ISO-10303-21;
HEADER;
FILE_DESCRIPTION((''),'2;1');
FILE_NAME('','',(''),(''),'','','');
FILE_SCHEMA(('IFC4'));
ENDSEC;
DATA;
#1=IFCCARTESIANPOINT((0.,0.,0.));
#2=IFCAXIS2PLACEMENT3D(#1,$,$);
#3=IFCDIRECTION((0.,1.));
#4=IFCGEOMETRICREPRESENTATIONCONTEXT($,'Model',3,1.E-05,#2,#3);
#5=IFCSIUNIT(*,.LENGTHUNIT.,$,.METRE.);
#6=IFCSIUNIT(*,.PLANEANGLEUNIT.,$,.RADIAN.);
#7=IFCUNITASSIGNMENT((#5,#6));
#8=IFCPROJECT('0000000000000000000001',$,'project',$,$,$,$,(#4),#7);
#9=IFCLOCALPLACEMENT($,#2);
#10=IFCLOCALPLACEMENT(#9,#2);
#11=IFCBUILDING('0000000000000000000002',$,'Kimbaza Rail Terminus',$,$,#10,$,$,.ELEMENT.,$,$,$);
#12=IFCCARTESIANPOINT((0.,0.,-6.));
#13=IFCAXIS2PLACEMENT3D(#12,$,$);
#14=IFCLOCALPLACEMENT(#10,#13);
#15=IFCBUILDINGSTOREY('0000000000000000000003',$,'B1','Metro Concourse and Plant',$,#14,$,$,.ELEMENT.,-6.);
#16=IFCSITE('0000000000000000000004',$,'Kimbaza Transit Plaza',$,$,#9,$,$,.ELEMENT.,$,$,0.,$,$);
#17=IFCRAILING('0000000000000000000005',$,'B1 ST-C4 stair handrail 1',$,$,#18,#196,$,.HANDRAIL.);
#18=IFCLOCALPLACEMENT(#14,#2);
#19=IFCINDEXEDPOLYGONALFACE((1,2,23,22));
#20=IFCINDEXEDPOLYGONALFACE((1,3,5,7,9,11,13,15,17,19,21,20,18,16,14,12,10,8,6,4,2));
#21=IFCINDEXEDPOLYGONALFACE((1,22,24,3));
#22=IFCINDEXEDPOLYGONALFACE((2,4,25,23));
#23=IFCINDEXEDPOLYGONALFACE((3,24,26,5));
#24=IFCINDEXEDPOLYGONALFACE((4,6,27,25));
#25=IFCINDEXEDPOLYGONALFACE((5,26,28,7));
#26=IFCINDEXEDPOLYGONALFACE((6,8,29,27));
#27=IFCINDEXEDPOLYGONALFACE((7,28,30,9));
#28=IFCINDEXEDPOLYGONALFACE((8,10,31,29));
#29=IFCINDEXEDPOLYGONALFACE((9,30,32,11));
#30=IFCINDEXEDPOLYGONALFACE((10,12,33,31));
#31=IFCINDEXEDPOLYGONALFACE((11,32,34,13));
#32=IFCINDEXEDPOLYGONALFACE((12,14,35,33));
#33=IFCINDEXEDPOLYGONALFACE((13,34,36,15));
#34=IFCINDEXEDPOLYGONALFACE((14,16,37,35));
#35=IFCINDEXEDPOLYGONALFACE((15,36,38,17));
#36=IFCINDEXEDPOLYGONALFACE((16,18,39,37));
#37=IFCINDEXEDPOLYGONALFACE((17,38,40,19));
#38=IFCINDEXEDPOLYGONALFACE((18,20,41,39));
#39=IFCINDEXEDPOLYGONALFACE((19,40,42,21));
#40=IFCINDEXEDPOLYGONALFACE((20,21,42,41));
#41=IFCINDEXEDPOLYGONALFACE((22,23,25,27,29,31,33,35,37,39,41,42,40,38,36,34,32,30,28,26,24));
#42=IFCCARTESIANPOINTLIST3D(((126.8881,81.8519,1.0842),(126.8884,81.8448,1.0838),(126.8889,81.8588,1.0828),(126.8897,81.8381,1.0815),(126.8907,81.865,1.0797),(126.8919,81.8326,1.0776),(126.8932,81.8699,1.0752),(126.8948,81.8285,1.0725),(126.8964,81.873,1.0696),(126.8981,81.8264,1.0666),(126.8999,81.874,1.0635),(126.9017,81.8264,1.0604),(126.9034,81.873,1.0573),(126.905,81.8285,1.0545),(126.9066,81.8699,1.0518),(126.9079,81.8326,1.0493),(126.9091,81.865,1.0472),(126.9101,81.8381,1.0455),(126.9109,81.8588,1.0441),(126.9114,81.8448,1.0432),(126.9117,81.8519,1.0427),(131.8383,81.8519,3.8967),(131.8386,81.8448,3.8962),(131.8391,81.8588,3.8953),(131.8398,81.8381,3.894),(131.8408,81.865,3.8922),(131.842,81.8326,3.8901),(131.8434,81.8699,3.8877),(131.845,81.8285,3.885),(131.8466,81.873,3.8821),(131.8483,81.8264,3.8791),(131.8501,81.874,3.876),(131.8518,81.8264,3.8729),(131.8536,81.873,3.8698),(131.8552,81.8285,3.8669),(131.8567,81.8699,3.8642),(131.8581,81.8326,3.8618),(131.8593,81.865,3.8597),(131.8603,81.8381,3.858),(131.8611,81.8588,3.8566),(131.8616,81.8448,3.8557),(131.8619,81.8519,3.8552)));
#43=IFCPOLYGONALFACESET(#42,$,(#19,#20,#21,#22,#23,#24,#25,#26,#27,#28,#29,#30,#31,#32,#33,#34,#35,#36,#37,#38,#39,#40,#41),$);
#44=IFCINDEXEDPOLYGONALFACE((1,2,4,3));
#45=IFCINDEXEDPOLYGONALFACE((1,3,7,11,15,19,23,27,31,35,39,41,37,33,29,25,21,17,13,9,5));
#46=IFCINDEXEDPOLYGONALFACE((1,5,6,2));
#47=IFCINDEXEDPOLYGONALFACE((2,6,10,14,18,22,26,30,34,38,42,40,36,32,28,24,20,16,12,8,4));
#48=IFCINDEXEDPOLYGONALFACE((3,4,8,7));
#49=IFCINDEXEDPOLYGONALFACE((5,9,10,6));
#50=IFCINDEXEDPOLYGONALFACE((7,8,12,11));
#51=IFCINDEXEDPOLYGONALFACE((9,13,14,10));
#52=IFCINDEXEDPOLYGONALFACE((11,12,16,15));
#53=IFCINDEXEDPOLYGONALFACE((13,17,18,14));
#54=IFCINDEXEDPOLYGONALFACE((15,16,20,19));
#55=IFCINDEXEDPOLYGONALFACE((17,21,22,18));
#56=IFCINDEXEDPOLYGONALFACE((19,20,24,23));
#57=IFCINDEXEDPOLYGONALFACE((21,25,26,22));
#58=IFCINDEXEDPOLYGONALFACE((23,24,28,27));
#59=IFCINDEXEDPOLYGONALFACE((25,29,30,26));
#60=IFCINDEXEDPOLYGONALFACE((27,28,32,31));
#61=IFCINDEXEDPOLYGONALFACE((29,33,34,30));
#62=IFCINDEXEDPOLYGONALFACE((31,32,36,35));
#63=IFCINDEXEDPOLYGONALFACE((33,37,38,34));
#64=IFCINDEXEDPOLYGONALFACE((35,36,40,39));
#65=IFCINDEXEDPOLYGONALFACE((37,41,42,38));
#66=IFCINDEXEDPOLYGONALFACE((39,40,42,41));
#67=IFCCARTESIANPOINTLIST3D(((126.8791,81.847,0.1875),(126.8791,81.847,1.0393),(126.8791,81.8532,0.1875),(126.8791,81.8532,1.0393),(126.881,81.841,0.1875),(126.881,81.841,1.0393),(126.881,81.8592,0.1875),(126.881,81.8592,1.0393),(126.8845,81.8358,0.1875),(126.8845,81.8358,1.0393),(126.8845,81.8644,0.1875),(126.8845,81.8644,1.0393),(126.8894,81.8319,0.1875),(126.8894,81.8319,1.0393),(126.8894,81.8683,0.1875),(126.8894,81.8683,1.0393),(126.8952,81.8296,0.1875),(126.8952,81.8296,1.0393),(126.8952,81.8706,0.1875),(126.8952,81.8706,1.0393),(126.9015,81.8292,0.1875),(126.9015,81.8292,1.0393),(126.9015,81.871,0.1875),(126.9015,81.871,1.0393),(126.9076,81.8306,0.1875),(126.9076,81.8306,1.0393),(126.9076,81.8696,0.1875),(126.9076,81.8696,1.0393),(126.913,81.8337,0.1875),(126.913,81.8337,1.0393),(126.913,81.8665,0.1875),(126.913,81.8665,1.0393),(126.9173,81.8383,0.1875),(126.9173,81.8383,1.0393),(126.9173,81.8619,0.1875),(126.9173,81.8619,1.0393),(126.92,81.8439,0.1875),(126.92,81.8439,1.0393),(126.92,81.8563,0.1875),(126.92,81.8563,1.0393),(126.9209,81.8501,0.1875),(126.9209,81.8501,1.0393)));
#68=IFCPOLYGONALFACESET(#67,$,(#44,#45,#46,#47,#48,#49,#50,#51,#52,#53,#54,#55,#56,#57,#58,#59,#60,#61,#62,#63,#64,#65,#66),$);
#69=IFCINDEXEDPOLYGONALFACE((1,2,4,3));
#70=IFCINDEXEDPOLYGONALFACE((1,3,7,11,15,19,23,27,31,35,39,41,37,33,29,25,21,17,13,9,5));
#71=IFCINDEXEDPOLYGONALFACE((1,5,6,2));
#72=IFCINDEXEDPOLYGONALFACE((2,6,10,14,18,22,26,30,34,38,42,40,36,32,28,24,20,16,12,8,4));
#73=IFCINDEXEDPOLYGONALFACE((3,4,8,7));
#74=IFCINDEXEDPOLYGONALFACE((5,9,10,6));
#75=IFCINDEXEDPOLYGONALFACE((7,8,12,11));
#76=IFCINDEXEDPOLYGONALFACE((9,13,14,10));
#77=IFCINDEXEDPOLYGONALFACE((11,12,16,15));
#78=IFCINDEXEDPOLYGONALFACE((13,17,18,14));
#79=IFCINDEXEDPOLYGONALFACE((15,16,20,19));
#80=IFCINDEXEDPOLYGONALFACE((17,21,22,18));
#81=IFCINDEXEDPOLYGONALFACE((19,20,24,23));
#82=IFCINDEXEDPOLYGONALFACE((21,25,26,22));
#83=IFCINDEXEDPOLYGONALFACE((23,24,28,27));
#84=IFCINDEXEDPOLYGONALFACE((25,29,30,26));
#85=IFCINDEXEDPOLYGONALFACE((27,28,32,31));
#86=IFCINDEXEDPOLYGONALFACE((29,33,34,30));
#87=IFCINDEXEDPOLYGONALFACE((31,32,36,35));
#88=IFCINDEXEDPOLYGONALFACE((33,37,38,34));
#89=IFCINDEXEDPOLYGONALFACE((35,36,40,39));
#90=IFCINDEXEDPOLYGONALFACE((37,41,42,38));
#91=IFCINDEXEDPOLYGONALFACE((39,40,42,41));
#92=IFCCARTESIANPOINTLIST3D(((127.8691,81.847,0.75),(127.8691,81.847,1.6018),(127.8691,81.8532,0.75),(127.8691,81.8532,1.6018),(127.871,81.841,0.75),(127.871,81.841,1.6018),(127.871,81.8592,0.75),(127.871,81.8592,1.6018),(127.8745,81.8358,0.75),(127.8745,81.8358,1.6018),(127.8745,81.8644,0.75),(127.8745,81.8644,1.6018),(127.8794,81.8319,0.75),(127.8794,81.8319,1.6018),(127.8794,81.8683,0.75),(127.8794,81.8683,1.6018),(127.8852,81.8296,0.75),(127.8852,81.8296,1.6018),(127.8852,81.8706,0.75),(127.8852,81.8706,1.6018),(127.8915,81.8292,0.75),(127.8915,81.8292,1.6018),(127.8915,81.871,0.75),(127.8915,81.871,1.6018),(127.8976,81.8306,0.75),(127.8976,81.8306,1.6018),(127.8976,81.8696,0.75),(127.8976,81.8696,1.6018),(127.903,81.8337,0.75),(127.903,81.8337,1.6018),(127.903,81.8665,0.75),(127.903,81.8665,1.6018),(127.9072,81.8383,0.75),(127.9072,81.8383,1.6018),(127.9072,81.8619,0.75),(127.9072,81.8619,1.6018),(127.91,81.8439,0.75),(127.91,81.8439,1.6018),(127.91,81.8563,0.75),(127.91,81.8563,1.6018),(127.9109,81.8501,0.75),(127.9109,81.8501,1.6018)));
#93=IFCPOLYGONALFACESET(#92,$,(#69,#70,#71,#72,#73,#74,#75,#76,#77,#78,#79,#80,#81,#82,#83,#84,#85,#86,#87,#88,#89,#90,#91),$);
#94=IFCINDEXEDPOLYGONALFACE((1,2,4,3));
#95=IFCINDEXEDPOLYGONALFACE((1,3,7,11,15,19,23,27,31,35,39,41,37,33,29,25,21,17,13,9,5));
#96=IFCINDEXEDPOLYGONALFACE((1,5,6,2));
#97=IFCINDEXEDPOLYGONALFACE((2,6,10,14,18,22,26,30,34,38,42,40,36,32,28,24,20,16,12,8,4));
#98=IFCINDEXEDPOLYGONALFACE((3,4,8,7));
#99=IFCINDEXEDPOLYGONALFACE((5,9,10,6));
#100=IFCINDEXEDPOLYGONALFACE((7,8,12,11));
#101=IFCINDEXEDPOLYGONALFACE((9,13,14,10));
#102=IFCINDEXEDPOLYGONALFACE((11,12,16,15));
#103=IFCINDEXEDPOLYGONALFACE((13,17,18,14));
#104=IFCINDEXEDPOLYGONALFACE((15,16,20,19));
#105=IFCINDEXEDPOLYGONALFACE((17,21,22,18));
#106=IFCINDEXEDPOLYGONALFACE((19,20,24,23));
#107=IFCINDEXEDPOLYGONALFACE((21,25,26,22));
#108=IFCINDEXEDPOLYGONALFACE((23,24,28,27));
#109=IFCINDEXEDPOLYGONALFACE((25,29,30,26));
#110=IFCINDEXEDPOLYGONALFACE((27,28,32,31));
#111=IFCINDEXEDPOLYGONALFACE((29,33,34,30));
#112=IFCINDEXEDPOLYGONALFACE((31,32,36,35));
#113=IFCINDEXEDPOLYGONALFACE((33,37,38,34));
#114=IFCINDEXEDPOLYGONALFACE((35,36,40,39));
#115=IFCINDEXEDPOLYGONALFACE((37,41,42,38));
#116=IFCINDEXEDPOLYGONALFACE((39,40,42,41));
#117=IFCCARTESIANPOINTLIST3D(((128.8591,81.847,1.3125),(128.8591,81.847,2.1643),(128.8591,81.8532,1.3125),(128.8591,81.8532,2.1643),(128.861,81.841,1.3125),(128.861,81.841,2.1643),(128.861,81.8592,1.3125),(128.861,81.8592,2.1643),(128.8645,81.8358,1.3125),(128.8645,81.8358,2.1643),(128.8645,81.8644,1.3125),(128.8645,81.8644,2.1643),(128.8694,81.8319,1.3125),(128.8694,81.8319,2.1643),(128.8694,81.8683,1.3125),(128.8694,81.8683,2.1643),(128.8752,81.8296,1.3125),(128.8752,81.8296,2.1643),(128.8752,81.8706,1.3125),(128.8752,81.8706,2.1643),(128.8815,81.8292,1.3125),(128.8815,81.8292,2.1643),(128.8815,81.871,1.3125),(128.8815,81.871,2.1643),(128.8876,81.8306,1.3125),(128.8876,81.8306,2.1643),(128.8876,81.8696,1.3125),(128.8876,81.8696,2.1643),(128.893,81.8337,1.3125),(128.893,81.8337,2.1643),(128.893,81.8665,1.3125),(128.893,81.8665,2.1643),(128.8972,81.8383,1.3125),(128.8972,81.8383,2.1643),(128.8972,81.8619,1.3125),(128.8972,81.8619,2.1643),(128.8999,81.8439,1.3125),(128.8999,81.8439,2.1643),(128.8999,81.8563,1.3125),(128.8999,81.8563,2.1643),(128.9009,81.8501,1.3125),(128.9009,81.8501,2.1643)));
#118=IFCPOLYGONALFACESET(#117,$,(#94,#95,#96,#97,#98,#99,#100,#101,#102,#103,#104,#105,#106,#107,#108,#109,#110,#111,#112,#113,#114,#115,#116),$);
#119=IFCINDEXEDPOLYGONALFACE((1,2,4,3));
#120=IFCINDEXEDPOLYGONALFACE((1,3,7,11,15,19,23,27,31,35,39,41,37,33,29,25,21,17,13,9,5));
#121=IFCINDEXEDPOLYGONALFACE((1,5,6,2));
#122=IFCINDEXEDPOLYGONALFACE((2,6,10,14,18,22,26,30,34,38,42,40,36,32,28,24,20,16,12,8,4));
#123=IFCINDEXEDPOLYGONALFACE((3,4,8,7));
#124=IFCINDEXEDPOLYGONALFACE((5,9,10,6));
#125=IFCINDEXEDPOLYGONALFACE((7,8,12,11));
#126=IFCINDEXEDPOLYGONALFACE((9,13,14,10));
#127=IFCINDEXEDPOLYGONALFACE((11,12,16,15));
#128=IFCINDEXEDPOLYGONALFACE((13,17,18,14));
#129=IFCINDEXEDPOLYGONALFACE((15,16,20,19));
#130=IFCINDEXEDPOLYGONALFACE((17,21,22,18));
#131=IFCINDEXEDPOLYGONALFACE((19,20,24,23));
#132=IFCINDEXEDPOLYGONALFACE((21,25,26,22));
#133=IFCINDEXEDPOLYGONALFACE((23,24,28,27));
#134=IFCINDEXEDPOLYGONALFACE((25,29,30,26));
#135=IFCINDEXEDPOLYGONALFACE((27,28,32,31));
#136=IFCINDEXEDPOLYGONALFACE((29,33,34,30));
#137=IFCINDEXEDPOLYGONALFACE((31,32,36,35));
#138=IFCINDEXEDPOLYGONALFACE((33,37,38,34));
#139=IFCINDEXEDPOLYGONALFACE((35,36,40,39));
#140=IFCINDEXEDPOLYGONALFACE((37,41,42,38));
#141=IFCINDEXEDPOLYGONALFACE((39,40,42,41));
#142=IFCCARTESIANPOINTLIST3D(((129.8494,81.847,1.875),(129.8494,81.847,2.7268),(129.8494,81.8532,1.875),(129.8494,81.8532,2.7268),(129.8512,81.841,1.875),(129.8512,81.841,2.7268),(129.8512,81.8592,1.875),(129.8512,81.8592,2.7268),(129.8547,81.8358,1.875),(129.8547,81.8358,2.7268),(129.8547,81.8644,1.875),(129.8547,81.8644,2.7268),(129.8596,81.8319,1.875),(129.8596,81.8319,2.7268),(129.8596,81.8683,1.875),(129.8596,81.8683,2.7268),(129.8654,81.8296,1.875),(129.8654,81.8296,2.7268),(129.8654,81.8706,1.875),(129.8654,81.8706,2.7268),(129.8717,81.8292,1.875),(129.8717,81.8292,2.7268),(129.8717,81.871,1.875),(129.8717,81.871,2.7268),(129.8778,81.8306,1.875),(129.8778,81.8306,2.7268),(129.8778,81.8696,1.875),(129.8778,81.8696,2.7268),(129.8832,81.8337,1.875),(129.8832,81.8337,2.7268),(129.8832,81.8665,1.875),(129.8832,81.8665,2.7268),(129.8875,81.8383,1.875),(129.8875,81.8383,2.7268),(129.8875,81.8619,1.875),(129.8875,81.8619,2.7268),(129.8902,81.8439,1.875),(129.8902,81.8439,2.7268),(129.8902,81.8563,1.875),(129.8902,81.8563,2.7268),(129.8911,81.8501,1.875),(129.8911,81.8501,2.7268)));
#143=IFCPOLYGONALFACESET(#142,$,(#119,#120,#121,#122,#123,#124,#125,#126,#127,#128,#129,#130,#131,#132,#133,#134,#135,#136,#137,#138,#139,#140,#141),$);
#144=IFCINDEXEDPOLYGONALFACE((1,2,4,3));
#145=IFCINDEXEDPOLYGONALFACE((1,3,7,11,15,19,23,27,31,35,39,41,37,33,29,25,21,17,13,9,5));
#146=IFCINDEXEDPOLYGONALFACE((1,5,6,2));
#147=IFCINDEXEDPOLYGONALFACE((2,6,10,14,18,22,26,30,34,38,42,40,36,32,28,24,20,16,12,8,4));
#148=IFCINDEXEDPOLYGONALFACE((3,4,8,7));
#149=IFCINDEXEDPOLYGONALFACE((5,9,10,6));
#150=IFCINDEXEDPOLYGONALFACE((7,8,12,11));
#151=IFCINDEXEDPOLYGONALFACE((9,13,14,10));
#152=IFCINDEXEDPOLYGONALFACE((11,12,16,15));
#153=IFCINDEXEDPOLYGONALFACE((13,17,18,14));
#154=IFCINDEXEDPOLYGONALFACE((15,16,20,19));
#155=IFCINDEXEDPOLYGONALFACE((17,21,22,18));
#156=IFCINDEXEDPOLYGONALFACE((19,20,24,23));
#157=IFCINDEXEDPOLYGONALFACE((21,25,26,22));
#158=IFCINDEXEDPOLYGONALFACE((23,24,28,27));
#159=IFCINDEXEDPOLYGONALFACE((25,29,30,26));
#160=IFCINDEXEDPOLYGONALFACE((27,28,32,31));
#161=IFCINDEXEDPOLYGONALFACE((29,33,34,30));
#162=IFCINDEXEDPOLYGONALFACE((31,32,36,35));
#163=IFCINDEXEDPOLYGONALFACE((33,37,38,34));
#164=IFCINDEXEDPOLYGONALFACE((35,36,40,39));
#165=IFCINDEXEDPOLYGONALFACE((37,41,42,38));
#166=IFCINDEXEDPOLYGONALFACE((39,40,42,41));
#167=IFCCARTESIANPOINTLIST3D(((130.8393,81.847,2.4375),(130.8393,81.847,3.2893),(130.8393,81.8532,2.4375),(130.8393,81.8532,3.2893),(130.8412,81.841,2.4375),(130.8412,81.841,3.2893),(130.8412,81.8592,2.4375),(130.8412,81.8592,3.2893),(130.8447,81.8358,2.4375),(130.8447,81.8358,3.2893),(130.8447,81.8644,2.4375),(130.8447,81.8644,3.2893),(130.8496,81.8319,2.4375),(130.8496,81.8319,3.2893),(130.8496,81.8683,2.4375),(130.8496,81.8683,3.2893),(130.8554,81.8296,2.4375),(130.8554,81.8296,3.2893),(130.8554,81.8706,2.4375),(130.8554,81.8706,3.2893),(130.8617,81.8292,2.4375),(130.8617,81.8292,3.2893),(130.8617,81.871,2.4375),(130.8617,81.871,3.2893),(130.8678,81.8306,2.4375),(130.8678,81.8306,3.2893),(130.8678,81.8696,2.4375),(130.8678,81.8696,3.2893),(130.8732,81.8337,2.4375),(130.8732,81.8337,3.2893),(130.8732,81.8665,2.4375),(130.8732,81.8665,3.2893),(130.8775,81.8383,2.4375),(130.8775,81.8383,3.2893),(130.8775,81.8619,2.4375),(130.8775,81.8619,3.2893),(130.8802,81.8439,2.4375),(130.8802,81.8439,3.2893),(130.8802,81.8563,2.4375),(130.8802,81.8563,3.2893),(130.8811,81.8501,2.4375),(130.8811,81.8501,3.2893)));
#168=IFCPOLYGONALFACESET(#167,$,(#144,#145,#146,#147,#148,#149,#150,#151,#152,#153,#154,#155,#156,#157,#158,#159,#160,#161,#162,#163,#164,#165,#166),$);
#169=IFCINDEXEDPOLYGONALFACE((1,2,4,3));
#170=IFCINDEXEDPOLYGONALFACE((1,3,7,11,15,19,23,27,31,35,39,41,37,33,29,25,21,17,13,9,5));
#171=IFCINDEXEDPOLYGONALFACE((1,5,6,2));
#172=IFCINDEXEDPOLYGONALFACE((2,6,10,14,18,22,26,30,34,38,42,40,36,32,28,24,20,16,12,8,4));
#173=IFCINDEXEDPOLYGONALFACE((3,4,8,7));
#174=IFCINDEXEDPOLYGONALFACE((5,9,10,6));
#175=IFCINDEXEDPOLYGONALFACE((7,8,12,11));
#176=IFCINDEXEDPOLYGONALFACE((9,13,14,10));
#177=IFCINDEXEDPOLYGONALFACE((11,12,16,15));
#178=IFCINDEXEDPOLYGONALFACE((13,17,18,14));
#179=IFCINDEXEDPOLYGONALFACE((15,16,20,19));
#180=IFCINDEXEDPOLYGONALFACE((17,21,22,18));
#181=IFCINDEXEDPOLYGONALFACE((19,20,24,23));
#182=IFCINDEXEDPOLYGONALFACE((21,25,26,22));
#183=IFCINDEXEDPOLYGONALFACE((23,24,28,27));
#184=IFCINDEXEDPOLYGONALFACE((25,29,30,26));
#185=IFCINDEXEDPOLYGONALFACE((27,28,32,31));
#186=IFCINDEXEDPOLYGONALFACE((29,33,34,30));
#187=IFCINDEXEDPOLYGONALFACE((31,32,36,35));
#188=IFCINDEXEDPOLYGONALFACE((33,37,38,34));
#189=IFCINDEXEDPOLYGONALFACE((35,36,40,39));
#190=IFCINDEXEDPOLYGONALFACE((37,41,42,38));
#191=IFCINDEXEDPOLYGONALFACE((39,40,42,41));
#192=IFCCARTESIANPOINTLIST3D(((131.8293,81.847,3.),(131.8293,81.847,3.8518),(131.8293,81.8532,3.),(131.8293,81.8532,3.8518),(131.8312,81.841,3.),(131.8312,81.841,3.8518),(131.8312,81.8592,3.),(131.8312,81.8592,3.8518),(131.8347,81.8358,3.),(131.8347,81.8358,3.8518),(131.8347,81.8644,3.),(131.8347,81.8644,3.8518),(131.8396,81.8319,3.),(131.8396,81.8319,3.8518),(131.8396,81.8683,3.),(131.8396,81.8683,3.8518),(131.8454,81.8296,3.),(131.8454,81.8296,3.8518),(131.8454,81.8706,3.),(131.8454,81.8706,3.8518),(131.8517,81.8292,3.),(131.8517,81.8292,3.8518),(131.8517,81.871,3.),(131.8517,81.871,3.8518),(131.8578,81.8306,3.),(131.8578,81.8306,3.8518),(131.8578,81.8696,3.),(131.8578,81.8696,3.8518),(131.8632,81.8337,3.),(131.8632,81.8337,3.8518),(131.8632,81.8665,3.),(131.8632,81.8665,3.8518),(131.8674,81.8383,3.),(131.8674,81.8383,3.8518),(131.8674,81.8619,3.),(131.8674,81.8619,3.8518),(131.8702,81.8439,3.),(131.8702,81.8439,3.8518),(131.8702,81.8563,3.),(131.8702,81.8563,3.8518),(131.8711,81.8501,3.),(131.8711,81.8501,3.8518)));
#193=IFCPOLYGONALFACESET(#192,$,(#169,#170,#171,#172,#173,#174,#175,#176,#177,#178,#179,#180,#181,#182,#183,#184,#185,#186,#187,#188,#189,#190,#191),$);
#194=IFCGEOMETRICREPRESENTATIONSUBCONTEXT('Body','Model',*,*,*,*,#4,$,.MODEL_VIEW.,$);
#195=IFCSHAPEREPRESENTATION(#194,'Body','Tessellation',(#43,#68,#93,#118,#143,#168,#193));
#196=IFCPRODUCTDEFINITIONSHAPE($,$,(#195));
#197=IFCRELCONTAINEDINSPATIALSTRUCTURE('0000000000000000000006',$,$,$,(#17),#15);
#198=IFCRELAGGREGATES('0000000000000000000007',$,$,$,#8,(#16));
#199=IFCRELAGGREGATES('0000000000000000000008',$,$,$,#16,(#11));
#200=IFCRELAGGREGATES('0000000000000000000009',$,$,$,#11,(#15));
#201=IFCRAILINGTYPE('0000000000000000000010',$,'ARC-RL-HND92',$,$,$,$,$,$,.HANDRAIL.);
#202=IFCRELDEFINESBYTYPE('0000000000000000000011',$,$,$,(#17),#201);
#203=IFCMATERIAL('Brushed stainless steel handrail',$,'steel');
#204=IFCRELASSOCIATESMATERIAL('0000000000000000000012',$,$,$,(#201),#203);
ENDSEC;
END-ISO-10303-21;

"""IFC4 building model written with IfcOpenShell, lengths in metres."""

from ifc_helpers import new_model, si_unit, direction, frame, origin, origin_2d, place, context, subcontext, project, spatial, circle, extrude, material, type_object, element, save


model = new_model("IFC4")

# Units and contexts
model_context = context("Model", 3, precision=1e-05, world=origin(), true_north=direction((0.0, 1.0)))
body_context = subcontext(model_context, "Body", "Model", "MODEL_VIEW")
ifc_project = project(units=[si_unit("LENGTHUNIT", "METRE"), si_unit("PLANEANGLEUNIT", "RADIAN")], contexts=[model_context])

# Site, building, storey
site_placement = place(None, origin())
site = spatial("IfcSite", under=ifc_project, at=site_placement, Name="Kimbaza Transit Plaza", CompositionType="ELEMENT", RefElevation=0.0)
building_placement = place(site_placement, origin())
building = spatial("IfcBuilding", under=site, at=building_placement, Name="Kimbaza Rail Terminus", CompositionType="ELEMENT")
storey_placement = place(building_placement, frame((0.0, 0.0, -6.0)))
storey = spatial("IfcBuildingStorey", under=building, at=storey_placement, Name="B1", Description="Metro Concourse and Plant", CompositionType="ELEMENT", Elevation=-6.0)

# Railing
ifc_material_1 = material(Name="Brushed stainless steel handrail", Category="steel")
railing_type_1 = type_object("IfcRailingType", Name="ARC-RL-HND92", PredefinedType="HANDRAIL", material=ifc_material_1)
railing_1_placement = place(storey_placement, frame((126.8999, 81.8501, 0.1875)))
element("IfcRailing", 1, at=railing_1_placement, inside=storey, type_object=railing_type_1, Name="B1 ST-C4 stair handrail 1", PredefinedType="HANDRAIL", context=body_context, shape_type="SweptSolid", body=[
    extrude(circle(Radius=0.0239, at=origin_2d()), frame((0.0, 0.0, 0.876), z_axis=(0.869465, 0.0, 0.493995), x_axis=(0.0, 1.0, 0.0)), (0.0, 0.0, 1.0), 5.6934),
    extrude(circle(Radius=0.021, at=origin_2d()), origin(), (0.0, 0.0, 1.0), 0.8518),
    extrude(circle(Radius=0.021, at=origin_2d()), frame((0.99, 0.0, 0.5625)), (0.0, 0.0, 1.0), 0.8518),
    extrude(circle(Radius=0.021, at=origin_2d()), frame((1.98, 0.0, 1.125)), (0.0, 0.0, 1.0), 0.8518),
    extrude(circle(Radius=0.021, at=origin_2d()), frame((2.9702, 0.0, 1.6875)), (0.0, 0.0, 1.0), 0.8518),
    extrude(circle(Radius=0.021, at=origin_2d()), frame((3.9602, 0.0, 2.25)), (0.0, 0.0, 1.0), 0.8518),
    extrude(circle(Radius=0.021, at=origin_2d()), frame((4.9502, 0.0, 2.8125)), (0.0, 0.0, 1.0), 0.8518),
])

save(model, "model.ifc")
